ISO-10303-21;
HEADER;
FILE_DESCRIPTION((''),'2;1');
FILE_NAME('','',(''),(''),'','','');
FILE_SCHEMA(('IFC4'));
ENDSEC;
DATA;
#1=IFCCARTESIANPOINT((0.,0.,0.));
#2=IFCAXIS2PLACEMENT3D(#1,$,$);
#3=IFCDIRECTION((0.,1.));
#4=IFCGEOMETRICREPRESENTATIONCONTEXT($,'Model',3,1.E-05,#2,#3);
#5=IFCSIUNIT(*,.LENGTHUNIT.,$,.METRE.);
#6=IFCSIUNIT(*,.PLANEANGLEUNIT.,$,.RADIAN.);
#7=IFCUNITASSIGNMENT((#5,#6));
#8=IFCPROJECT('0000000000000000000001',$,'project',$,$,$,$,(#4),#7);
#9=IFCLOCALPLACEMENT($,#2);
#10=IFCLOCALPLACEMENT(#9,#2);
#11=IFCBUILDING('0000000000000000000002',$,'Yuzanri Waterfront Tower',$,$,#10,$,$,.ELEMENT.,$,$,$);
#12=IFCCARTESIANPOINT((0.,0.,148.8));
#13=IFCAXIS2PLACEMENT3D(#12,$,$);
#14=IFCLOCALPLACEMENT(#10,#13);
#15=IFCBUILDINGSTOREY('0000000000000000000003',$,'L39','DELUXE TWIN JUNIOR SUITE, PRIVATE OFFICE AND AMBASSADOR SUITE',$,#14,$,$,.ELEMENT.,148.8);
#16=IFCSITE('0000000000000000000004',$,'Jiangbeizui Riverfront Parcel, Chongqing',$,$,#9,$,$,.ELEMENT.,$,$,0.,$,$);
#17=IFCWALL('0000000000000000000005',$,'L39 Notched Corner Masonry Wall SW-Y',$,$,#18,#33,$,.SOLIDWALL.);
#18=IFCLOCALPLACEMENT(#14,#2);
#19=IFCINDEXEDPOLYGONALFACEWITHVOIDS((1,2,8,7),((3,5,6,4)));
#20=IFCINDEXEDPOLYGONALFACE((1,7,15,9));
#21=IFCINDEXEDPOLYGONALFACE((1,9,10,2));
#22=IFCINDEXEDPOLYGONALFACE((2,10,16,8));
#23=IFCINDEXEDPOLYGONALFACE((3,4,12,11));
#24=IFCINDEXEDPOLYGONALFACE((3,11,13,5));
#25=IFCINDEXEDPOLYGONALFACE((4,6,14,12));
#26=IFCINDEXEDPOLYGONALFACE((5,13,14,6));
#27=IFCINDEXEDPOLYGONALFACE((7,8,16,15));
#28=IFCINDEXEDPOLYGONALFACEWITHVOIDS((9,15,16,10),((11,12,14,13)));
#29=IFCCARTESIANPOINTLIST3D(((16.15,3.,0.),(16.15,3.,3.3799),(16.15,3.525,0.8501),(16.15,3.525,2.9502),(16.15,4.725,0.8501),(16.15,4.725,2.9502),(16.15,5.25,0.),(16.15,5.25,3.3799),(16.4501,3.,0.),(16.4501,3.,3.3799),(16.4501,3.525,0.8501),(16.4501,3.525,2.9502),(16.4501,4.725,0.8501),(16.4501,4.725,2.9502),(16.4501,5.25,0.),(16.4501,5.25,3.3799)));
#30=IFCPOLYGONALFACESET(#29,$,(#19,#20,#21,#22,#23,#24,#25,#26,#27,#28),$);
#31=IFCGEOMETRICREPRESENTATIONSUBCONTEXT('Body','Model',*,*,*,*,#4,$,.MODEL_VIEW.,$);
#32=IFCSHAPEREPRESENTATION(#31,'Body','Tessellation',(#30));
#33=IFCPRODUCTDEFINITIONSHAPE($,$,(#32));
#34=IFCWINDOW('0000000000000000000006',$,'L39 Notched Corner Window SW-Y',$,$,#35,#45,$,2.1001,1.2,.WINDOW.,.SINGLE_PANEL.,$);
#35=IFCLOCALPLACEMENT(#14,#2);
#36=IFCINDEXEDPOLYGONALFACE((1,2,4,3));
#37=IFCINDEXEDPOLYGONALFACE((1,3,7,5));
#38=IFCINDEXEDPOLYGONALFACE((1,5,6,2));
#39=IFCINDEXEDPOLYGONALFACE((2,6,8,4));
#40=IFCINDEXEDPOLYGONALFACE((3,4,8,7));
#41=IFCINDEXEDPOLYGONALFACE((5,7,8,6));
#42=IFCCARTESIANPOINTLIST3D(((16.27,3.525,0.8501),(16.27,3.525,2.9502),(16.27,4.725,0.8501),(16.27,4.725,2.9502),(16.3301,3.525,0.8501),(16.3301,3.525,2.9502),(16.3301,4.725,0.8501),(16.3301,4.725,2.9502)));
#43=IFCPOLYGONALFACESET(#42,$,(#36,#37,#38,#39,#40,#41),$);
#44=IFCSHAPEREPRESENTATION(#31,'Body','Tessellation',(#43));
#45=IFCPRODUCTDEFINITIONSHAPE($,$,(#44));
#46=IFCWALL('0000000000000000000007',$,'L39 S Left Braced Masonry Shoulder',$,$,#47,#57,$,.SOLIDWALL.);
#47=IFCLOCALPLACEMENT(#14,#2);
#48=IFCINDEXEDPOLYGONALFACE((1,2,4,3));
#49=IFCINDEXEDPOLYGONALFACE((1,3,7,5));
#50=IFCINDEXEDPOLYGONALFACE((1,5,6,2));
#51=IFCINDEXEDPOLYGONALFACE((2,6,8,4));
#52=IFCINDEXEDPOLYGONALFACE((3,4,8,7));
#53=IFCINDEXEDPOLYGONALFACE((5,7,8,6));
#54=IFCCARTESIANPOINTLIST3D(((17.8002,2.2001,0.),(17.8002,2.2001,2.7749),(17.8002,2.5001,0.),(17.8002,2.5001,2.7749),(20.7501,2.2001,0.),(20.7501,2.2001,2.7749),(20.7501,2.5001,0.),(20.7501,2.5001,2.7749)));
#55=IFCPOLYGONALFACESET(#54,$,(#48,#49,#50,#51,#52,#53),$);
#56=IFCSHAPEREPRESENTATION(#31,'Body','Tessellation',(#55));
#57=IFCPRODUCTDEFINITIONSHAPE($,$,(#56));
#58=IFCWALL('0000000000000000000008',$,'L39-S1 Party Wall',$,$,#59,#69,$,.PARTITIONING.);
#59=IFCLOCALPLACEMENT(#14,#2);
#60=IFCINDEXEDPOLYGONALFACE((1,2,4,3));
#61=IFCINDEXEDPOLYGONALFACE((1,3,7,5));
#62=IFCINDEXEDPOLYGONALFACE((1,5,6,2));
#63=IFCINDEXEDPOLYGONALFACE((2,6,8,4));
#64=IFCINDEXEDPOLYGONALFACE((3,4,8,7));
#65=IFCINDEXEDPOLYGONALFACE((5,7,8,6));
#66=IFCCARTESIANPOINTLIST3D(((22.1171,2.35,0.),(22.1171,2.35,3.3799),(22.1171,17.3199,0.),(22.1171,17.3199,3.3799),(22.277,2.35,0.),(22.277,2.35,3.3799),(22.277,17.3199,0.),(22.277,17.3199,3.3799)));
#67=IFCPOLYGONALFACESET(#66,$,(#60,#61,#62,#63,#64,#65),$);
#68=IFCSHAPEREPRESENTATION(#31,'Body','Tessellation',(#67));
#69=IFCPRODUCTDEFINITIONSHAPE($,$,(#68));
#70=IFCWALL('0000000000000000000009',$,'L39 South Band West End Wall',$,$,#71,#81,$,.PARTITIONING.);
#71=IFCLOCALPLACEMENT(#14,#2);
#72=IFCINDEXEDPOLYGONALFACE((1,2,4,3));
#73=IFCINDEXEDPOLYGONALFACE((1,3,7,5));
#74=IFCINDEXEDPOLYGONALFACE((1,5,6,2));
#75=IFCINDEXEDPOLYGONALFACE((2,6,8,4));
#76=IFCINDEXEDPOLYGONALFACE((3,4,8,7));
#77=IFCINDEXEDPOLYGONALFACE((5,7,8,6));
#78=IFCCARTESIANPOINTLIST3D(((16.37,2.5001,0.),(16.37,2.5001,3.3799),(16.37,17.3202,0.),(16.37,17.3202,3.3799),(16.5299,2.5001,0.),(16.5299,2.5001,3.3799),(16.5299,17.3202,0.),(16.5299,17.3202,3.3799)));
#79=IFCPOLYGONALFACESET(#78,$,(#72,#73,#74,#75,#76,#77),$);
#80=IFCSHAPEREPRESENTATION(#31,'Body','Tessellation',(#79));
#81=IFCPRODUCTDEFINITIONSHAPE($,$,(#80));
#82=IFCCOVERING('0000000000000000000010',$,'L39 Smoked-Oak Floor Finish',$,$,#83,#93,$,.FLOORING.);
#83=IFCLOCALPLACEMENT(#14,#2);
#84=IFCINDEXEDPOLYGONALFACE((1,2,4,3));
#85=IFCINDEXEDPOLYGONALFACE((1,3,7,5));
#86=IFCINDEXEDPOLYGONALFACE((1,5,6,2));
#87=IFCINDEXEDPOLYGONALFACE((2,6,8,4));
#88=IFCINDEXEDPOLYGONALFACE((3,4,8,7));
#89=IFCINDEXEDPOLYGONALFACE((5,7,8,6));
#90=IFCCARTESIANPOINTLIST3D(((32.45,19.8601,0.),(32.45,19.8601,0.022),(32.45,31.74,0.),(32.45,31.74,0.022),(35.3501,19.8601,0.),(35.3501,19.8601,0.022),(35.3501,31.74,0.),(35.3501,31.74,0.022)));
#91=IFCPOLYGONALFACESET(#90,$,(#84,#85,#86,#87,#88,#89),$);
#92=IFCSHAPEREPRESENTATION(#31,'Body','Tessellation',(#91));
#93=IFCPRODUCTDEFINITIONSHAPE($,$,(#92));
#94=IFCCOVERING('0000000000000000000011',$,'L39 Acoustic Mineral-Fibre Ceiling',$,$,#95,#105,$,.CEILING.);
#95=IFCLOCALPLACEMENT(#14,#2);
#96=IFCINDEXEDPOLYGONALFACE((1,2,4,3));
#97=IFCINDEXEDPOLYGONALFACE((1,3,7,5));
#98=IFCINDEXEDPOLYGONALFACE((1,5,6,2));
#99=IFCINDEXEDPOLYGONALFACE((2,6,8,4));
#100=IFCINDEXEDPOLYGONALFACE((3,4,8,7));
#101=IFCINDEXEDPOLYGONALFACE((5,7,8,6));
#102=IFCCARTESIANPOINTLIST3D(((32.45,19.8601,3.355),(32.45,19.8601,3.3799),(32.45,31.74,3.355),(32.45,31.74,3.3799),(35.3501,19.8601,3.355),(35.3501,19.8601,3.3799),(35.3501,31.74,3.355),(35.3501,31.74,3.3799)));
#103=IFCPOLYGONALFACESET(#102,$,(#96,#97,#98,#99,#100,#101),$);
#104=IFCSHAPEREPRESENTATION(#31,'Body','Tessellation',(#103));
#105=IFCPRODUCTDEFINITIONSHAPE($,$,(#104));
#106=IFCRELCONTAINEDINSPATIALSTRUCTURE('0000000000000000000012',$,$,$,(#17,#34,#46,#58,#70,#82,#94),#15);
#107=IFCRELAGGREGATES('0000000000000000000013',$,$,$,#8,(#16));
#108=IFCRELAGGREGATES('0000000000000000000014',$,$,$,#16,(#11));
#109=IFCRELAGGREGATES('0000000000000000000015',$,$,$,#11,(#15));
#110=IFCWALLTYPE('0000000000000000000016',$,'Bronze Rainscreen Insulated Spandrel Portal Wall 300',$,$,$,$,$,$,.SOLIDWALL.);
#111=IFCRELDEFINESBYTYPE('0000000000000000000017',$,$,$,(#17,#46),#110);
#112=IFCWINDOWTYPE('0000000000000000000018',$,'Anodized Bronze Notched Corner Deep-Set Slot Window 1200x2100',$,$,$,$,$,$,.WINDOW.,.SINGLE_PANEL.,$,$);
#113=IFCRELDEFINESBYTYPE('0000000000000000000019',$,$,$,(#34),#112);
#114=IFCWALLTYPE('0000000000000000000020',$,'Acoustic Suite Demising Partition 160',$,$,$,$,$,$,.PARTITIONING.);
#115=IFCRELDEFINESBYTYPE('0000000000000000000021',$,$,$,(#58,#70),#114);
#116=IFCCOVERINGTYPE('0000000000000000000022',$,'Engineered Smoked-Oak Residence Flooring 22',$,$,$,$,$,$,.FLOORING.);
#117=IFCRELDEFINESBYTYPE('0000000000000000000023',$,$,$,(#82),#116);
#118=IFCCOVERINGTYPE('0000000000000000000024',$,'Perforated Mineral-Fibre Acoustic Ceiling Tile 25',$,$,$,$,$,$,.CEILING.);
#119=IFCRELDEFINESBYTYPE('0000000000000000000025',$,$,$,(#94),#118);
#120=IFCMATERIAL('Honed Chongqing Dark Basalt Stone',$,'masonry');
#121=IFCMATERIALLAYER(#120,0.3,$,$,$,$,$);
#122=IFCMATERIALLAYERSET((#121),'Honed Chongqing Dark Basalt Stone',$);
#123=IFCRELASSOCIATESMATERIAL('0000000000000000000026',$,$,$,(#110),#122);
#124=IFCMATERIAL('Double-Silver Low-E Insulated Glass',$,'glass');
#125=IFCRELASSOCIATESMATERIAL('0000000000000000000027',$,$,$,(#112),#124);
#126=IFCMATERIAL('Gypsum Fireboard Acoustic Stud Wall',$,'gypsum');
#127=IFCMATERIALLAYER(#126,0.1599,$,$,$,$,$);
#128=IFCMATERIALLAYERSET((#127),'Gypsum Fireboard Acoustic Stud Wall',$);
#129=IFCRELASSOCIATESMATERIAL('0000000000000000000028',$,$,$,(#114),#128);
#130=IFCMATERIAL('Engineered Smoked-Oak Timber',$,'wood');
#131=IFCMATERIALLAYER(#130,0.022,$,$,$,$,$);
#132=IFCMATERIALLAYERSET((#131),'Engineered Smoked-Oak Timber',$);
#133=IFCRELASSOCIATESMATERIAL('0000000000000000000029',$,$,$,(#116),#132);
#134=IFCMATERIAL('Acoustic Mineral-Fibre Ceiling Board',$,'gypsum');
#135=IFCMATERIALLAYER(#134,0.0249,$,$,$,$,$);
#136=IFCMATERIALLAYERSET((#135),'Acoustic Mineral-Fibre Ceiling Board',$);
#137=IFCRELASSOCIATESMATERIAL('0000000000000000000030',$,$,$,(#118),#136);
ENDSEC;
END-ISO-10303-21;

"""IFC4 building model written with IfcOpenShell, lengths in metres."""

from ifc_helpers import new_model, si_unit, direction, frame, frame_2d, origin, place, context, subcontext, project, spatial, polyline, rectangle, outline, extrude, source, transform, mapped, material, layer, layer_set, type_object, element, fill, save


model = new_model("IFC4")

# Units and contexts
model_context = context("Model", 3, precision=1e-05, world=origin(), true_north=direction((0.0, 1.0)))
body_context = subcontext(model_context, "Body", "Model", "MODEL_VIEW")
ifc_project = project(units=[si_unit("LENGTHUNIT", "METRE"), si_unit("PLANEANGLEUNIT", "RADIAN")], contexts=[model_context])

# Site, building, storey
site_placement = place(None, origin())
site = spatial("IfcSite", under=ifc_project, at=site_placement, Name="Jiangbeizui Riverfront Parcel, Chongqing", CompositionType="ELEMENT", RefElevation=0.0)
building_placement = place(site_placement, origin())
building = spatial("IfcBuilding", under=site, at=building_placement, Name="Yuzanri Waterfront Tower", CompositionType="ELEMENT")
storey_placement = place(building_placement, frame((0.0, 0.0, 148.8)))
storey = spatial("IfcBuildingStorey", under=building, at=storey_placement, Name="L39", Description="DELUXE TWIN JUNIOR SUITE, PRIVATE OFFICE AND AMBASSADOR SUITE", CompositionType="ELEMENT", Elevation=148.8)

# Wall, opening, window
ifc_material_1 = material(Name="Honed Chongqing Dark Basalt Stone", Category="masonry")
ifc_layer_1 = layer(ifc_material_1, 0.3)
ifc_layer_set_1 = layer_set([ifc_layer_1], Name="Honed Chongqing Dark Basalt Stone")
wall_type_1 = type_object("IfcWallType", Name="Bronze Rainscreen Insulated Spandrel Portal Wall 300", PredefinedType="SOLIDWALL", material=ifc_layer_set_1)
wall_1_placement = place(storey_placement, frame((16.3, 5.25, 0.0), z_axis=(0.0, 0.0, 1.0), x_axis=(0.0, -1.0, 0.0)))
wall_1 = element("IfcWall", 1, at=wall_1_placement, inside=storey, type_object=wall_type_1, Name="L39 Notched Corner Masonry Wall SW-Y", PredefinedType="SOLIDWALL", context=body_context, shape_type="SweptSolid", body=[
    extrude(rectangle(XDim=2.25, YDim=0.3, at=frame_2d((1.125, 0.0))), origin(), (0.0, 0.0, 1.0), 3.3799),
])
opening_1_placement = place(wall_1_placement, frame((0.5249, 0.0, 0.8501)))
opening_1 = element("IfcOpeningElement", 2, at=opening_1_placement, cuts=wall_1, PredefinedType="OPENING", context=body_context, shape_type="SweptSolid", body=[
    extrude(rectangle(XDim=1.2, YDim=2.1001, at=frame_2d((0.6001, 1.05))), frame((0.0, 0.165, 0.0), z_axis=(0.0, -1.0, 0.0), x_axis=(1.0, 0.0, 0.0)), (0.0, 0.0, 1.0), 0.3298),
])
ifc_material_2 = material(Name="Double-Silver Low-E Insulated Glass", Category="glass")
window_type_1 = type_object("IfcWindowType", Name="Anodized Bronze Notched Corner Deep-Set Slot Window 1200x2100", PartitioningType="SINGLE_PANEL", PredefinedType="WINDOW", material=ifc_material_2)
shared_shape_1 = source(origin(), body_context, "Body", "SweptSolid", [
    extrude(rectangle(XDim=1.2, YDim=2.1001, at=frame_2d((0.6001, 1.05))), frame((0.0, 0.03, 0.0), z_axis=(0.0, -1.0, 0.0), x_axis=(1.0, 0.0, 0.0)), (0.0, 0.0, 1.0), 0.0601),
])
window_1_placement = place(opening_1_placement, origin())
window_1 = element("IfcWindow", 3, at=window_1_placement, inside=storey, type_object=window_type_1, Name="L39 Notched Corner Window SW-Y", OverallHeight=2.1001, OverallWidth=1.2, PartitioningType="SINGLE_PANEL", PredefinedType="WINDOW", context=body_context, shape_type="MappedRepresentation", body=[
    mapped(shared_shape_1, transform((0.0, 0.0, 0.0), scale=1.0)),
])
fill(opening_1, window_1)

# Walls
shared_shape_2 = source(origin(), body_context, "Body", "SweptSolid", [
    extrude(rectangle(XDim=2.95, YDim=0.3, at=frame_2d((1.4751, 0.0))), origin(), (0.0, 0.0, 1.0), 2.7749),
])
wall_2_placement = place(storey_placement, frame((17.8, 2.3501, 0.0), z_axis=(0.0, 0.0, 1.0), x_axis=(1.0, 0.0, 0.0)))
element("IfcWall", 4, at=wall_2_placement, inside=storey, type_object=wall_type_1, Name="L39 S Left Braced Masonry Shoulder", PredefinedType="SOLIDWALL", context=body_context, shape_type="MappedRepresentation", body=[
    mapped(shared_shape_2, transform((0.0, 0.0, 0.0), scale=1.0)),
])
ifc_material_3 = material(Name="Gypsum Fireboard Acoustic Stud Wall", Category="gypsum")
ifc_layer_2 = layer(ifc_material_3, 0.1599)
ifc_layer_set_2 = layer_set([ifc_layer_2], Name="Gypsum Fireboard Acoustic Stud Wall")
wall_type_2 = type_object("IfcWallType", Name="Acoustic Suite Demising Partition 160", PredefinedType="PARTITIONING", material=ifc_layer_set_2)
shared_shape_3 = source(origin(), body_context, "Body", "SweptSolid", [
    extrude(rectangle(XDim=14.97, YDim=0.1599, at=frame_2d((7.4849, 0.0))), origin(), (0.0, 0.0, 1.0), 3.3799),
])
wall_3_placement = place(storey_placement, frame((22.197, 2.3501, 0.0), z_axis=(0.0, 0.0, 1.0), x_axis=(0.0, 1.0, 0.0)))
element("IfcWall", 5, at=wall_3_placement, inside=storey, type_object=wall_type_2, Name="L39-S1 Party Wall", PredefinedType="PARTITIONING", context=body_context, shape_type="MappedRepresentation", body=[
    mapped(shared_shape_3, transform((0.0, 0.0, 0.0), scale=1.0)),
])
shared_shape_4 = source(origin(), body_context, "Body", "SweptSolid", [
    extrude(rectangle(XDim=14.8201, YDim=0.1599, at=frame_2d((7.4102, 0.0))), origin(), (0.0, 0.0, 1.0), 3.3799),
])
wall_4_placement = place(storey_placement, frame((16.45, 2.5, 0.0), z_axis=(0.0, 0.0, 1.0), x_axis=(0.0, 1.0, 0.0)))
element("IfcWall", 6, at=wall_4_placement, inside=storey, type_object=wall_type_2, Name="L39 South Band West End Wall", PredefinedType="PARTITIONING", context=body_context, shape_type="MappedRepresentation", body=[
    mapped(shared_shape_4, transform((0.0, 0.0, 0.0), scale=1.0)),
])

# Coverings
ifc_material_4 = material(Name="Engineered Smoked-Oak Timber", Category="wood")
ifc_layer_3 = layer(ifc_material_4, 0.022)
ifc_layer_set_3 = layer_set([ifc_layer_3], Name="Engineered Smoked-Oak Timber")
covering_type_1 = type_object("IfcCoveringType", Name="Engineered Smoked-Oak Residence Flooring 22", PredefinedType="FLOORING", material=ifc_layer_set_3)
covering_1_placement = place(storey_placement, origin())
element("IfcCovering", 7, at=covering_1_placement, inside=storey, type_object=covering_type_1, Name="L39 Smoked-Oak Floor Finish", PredefinedType="FLOORING", context=body_context, shape_type="SweptSolid", body=[
    extrude(outline(polyline([(32.45, 19.8601), (35.3501, 19.8601), (35.3501, 31.74), (32.45, 31.74), (32.45, 19.8601)])), origin(), (0.0, 0.0, 1.0), 0.022),
])
ifc_material_5 = material(Name="Acoustic Mineral-Fibre Ceiling Board", Category="gypsum")
ifc_layer_4 = layer(ifc_material_5, 0.0249)
ifc_layer_set_4 = layer_set([ifc_layer_4], Name="Acoustic Mineral-Fibre Ceiling Board")
covering_type_2 = type_object("IfcCoveringType", Name="Perforated Mineral-Fibre Acoustic Ceiling Tile 25", PredefinedType="CEILING", material=ifc_layer_set_4)
covering_2_placement = place(storey_placement, frame((0.0, 0.0, 3.355)))
element("IfcCovering", 8, at=covering_2_placement, inside=storey, type_object=covering_type_2, Name="L39 Acoustic Mineral-Fibre Ceiling", PredefinedType="CEILING", context=body_context, shape_type="SweptSolid", body=[
    extrude(outline(polyline([(32.45, 19.8601), (35.3501, 19.8601), (35.3501, 31.74), (32.45, 31.74), (32.45, 19.8601)])), origin(), (0.0, 0.0, 1.0), 0.0249),
])

save(model, "model.ifc")
